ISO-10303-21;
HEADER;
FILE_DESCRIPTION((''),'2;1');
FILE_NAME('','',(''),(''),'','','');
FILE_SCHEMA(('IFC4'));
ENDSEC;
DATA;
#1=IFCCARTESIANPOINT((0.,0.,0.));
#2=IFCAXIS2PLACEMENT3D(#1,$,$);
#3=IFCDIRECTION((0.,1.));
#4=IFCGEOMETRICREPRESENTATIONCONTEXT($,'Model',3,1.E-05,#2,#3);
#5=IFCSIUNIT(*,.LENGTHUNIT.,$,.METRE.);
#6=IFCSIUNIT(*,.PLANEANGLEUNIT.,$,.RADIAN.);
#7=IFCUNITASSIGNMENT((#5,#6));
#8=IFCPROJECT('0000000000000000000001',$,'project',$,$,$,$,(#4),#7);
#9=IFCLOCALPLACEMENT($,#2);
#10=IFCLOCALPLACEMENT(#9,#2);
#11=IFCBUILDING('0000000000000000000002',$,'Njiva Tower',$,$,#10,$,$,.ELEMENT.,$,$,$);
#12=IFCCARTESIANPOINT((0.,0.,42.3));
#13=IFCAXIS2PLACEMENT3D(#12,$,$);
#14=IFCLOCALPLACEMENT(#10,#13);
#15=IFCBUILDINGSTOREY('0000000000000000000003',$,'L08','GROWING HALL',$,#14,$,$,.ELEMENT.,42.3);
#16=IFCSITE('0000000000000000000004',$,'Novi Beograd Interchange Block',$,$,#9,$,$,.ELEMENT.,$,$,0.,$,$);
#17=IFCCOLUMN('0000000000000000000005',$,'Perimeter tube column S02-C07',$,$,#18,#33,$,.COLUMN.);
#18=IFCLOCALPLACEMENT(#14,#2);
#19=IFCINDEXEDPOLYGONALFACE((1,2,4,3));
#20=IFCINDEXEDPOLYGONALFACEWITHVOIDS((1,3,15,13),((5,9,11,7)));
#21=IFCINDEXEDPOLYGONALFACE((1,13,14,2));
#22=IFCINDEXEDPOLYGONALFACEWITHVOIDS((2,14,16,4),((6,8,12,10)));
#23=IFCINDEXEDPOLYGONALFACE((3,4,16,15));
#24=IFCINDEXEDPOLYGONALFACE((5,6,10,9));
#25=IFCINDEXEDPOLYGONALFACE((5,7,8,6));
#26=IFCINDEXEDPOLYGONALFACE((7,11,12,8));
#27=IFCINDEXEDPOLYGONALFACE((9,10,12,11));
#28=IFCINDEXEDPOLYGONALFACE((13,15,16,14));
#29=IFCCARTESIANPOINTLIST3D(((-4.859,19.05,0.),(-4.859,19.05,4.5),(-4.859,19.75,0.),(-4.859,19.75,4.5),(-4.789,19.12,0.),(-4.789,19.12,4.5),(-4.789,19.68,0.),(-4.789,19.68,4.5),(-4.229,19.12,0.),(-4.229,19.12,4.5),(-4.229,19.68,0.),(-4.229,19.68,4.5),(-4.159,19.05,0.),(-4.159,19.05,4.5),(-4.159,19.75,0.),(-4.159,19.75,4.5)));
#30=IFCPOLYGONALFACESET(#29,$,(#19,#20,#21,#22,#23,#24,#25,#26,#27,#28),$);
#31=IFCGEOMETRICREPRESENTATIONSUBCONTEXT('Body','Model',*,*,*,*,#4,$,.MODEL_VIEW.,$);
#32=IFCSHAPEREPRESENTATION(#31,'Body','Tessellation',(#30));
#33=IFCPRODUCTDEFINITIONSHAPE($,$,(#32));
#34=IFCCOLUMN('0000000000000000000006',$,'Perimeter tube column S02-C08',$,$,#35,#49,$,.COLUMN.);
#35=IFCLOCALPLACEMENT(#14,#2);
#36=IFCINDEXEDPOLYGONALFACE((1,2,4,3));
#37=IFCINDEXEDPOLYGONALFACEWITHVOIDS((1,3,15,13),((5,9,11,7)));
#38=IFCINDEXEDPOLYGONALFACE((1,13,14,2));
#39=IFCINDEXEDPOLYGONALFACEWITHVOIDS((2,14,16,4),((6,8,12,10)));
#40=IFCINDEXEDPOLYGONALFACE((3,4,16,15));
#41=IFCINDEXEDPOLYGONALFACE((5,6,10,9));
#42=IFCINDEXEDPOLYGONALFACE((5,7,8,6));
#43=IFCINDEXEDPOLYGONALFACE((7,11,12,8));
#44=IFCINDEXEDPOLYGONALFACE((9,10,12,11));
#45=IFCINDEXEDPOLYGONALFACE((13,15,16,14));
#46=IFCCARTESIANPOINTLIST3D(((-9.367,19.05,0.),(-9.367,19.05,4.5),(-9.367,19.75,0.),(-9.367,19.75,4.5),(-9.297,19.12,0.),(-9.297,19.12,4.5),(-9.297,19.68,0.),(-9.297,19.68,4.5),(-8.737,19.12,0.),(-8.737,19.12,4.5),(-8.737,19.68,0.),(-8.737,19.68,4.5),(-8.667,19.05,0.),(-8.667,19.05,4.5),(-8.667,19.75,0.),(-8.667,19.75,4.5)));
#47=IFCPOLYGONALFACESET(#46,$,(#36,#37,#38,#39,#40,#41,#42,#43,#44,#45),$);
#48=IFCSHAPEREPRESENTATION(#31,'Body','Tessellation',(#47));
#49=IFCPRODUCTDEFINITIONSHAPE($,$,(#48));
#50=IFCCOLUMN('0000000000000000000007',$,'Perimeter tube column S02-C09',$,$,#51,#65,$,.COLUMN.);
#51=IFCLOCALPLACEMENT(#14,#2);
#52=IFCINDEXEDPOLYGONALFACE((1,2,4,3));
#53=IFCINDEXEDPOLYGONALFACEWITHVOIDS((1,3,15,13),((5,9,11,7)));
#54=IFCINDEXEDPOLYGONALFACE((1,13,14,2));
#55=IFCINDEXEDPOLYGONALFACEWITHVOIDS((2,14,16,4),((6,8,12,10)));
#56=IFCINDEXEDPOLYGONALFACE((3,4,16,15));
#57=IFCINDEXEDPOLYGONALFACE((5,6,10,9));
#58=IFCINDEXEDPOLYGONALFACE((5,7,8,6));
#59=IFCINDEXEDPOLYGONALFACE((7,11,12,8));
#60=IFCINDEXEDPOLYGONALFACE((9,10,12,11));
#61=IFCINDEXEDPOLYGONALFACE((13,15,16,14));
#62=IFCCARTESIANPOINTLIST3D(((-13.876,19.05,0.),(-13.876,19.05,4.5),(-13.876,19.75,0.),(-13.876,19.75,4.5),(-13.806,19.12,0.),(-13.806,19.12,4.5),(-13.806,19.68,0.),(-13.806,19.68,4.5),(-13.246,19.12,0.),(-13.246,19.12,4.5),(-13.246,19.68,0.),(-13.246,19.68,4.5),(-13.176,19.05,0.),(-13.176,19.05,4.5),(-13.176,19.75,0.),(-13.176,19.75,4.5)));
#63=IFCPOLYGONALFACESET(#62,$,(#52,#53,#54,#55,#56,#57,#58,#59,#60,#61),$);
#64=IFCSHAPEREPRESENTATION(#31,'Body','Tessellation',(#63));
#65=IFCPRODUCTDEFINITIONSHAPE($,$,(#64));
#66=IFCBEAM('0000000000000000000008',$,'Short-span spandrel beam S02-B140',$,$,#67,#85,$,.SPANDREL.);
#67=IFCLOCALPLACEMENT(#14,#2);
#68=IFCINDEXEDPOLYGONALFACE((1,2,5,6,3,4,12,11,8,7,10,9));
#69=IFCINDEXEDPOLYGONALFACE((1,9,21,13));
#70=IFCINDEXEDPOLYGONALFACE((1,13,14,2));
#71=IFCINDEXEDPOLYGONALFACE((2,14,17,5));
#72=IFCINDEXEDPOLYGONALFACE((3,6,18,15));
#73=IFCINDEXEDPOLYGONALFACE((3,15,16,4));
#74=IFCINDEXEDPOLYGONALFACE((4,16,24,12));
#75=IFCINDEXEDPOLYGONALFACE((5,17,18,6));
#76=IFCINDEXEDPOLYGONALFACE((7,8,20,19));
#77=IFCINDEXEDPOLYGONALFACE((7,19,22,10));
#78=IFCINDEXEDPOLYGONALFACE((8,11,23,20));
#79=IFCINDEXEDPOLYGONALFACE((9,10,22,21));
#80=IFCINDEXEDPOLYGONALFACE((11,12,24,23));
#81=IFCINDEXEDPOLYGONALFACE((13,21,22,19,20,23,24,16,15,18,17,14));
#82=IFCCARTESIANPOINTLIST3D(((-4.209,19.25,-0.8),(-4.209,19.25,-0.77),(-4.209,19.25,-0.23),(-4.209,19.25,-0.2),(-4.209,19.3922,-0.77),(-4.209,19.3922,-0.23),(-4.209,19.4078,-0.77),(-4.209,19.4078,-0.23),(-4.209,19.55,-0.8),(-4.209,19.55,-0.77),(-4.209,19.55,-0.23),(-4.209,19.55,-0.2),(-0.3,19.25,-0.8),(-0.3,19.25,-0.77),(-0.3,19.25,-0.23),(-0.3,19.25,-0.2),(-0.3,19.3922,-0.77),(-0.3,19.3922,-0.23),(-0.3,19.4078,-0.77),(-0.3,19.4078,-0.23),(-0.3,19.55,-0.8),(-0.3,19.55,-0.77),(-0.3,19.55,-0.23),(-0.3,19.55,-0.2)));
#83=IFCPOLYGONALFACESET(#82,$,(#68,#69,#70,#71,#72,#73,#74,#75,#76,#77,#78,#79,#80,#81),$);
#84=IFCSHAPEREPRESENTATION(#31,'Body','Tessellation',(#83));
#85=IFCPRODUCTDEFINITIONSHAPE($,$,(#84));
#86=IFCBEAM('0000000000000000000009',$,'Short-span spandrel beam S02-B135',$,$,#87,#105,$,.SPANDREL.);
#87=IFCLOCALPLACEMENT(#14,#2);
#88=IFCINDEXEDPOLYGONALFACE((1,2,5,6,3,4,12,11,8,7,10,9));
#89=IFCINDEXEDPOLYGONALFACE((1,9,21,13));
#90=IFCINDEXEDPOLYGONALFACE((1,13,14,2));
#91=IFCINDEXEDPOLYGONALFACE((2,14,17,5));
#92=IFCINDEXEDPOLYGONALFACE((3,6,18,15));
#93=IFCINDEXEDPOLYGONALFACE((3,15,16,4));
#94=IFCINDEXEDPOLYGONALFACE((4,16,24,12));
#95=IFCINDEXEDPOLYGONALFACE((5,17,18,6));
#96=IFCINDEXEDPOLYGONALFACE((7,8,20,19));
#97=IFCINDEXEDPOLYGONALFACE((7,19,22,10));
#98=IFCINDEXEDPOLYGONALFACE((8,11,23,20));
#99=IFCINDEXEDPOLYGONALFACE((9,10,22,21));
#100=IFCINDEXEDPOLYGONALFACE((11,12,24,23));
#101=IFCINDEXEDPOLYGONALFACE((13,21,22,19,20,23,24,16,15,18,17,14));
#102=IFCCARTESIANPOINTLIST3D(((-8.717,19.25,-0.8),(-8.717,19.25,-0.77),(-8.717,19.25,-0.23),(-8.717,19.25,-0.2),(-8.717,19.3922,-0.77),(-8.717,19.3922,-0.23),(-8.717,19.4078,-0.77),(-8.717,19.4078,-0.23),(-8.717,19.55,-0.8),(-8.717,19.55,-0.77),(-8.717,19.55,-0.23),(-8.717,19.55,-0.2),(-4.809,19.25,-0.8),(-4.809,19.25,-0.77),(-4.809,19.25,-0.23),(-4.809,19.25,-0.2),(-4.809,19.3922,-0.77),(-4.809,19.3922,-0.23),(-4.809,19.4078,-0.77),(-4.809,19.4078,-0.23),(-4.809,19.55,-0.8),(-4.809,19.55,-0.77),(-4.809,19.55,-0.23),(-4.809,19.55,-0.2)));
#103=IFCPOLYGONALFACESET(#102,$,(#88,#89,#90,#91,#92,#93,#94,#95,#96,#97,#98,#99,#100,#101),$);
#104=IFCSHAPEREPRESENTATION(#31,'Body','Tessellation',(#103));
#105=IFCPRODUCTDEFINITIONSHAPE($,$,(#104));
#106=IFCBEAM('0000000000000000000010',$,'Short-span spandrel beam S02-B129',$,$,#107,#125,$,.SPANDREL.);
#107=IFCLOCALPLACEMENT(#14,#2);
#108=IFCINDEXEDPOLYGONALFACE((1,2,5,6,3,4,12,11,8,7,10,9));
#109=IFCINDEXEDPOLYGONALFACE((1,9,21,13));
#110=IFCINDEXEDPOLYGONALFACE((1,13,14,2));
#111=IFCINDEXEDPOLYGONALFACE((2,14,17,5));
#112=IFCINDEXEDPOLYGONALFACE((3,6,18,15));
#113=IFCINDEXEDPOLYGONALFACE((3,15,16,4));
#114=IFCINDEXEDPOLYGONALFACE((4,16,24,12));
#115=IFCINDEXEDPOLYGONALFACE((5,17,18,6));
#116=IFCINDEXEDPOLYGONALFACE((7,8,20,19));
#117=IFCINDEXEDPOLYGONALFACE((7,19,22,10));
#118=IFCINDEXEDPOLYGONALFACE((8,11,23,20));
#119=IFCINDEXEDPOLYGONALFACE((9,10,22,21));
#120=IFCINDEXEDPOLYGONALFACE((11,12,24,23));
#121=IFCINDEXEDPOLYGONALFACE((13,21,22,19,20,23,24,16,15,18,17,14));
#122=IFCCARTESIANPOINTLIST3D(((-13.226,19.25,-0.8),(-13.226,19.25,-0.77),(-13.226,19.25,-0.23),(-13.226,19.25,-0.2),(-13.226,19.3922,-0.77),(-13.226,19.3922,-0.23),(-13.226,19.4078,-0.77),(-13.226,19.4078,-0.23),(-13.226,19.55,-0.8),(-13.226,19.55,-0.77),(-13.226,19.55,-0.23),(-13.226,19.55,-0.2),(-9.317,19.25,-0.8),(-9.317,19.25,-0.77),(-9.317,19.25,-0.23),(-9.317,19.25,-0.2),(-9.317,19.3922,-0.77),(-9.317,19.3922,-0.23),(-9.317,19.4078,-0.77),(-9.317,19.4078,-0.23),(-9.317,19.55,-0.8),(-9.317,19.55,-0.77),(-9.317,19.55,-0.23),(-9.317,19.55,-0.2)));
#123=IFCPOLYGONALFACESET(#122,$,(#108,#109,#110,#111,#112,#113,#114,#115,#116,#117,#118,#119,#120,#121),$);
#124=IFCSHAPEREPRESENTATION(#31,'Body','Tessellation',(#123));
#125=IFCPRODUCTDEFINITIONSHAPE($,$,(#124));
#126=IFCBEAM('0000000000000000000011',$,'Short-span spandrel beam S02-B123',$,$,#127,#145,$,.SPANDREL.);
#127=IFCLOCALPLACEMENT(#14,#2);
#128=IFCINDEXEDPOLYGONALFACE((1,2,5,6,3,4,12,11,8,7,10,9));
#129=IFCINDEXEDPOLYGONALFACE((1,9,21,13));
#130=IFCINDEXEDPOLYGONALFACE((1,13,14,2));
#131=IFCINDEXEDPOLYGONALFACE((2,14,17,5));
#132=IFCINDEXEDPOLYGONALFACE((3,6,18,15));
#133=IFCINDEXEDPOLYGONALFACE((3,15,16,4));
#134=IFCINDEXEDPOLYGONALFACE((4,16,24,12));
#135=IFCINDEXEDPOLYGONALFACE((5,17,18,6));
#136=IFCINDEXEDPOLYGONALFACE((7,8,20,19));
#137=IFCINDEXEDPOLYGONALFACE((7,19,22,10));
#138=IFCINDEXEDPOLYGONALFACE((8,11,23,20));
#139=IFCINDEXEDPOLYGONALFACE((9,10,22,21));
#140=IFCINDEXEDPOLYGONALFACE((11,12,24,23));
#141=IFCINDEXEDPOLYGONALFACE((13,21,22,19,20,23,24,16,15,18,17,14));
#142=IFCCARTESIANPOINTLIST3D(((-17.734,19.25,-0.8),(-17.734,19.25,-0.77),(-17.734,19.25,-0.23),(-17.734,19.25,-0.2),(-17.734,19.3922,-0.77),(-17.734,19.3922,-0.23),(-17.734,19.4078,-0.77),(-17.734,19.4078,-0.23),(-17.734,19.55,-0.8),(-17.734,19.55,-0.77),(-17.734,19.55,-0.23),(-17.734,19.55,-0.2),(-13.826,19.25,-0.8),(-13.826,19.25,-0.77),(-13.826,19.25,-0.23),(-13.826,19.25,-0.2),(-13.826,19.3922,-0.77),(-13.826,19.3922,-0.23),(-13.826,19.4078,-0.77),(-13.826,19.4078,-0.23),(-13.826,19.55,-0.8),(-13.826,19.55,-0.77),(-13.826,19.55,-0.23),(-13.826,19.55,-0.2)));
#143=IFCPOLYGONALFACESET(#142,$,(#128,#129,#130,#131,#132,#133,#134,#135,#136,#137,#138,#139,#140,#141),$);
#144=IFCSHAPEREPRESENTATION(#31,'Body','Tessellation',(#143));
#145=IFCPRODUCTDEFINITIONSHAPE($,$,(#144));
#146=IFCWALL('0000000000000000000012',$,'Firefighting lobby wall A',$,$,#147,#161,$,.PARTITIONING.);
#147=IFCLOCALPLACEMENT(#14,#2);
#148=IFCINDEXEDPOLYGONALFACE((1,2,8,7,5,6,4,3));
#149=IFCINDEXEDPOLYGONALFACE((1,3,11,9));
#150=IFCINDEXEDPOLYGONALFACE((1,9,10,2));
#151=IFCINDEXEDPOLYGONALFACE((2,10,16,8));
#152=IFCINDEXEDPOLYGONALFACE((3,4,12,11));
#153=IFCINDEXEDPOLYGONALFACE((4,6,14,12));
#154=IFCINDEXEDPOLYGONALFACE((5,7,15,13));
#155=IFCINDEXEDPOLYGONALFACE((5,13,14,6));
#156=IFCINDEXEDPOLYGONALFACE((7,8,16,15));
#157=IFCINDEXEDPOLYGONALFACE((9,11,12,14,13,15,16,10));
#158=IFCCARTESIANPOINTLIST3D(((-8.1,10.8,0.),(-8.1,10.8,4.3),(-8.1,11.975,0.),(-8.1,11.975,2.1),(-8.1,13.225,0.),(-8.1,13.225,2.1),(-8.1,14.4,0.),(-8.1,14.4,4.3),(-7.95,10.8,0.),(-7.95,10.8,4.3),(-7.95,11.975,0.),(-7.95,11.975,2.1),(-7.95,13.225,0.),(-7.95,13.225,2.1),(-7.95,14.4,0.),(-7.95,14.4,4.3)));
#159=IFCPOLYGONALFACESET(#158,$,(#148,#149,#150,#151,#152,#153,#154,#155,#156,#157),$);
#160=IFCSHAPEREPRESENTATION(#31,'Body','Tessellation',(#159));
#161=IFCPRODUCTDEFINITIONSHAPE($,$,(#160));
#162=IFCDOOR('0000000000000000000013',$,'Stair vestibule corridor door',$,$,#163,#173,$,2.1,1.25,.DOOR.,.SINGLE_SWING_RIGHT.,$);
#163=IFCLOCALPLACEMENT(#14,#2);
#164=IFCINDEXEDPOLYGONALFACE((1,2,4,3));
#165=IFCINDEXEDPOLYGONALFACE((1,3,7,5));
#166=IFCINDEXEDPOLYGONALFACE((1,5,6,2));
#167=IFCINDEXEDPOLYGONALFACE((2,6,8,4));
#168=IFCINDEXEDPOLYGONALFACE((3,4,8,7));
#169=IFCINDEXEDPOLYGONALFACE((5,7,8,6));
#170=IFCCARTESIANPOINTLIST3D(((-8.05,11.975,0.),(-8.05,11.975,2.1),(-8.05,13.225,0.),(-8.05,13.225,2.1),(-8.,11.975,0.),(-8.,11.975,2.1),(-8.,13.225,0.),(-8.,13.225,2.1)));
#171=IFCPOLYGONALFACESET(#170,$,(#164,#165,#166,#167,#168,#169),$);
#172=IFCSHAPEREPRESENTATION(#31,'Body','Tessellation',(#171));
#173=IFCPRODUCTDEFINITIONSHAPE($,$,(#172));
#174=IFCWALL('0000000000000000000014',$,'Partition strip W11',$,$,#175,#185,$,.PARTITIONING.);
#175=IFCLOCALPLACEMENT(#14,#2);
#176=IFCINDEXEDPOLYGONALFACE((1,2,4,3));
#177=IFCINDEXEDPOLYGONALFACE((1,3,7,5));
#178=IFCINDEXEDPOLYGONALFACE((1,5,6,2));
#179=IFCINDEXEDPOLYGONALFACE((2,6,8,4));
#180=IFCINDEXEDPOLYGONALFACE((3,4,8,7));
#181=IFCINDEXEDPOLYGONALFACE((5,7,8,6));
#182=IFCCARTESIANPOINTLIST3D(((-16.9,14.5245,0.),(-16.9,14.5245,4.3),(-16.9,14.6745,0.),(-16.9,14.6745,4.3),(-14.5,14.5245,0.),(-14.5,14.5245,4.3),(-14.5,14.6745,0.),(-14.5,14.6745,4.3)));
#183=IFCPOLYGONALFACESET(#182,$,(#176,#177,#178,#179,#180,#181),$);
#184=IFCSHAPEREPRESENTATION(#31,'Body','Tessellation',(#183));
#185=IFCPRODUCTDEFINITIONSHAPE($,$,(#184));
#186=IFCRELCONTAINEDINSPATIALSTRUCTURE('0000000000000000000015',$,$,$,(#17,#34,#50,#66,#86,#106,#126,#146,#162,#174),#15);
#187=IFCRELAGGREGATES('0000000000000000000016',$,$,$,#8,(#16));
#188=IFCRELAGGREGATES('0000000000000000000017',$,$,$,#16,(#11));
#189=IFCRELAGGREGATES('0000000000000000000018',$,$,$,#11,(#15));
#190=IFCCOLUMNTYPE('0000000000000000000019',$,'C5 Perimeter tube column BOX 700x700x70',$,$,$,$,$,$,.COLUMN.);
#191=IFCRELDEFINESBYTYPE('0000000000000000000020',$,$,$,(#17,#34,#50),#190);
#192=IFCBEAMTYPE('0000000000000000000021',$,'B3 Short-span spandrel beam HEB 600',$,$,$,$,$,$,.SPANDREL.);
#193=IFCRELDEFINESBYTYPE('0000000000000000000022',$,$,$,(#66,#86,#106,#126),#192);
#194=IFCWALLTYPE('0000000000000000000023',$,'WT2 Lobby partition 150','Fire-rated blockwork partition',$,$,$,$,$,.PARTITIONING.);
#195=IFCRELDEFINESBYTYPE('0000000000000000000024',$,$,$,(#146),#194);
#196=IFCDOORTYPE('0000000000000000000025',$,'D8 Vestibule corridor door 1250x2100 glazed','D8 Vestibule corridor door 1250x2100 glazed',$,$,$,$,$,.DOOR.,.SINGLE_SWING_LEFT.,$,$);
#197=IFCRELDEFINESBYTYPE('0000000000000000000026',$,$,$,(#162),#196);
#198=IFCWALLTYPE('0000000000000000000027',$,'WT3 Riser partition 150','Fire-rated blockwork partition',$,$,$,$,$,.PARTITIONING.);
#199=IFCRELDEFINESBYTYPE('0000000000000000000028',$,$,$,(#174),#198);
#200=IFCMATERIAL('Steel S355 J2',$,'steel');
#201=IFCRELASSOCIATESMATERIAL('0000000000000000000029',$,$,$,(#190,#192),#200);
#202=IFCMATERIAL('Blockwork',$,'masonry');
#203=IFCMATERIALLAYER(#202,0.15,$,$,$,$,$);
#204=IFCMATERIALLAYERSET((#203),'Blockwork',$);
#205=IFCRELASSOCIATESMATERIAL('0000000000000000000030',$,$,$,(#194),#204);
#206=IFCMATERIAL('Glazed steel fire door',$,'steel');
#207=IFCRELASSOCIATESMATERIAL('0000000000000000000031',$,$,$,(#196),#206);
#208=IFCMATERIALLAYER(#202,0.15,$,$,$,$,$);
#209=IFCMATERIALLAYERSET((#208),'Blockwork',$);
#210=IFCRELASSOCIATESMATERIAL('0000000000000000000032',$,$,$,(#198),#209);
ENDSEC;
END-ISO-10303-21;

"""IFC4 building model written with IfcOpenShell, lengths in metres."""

from ifc_helpers import new_model, si_unit, direction, frame, frame_2d, origin, origin_2d, place, context, subcontext, project, spatial, rectangle, hollow_rectangle, i_section, extrude, material, layer, layer_set, material_profile, profile_set, type_object, element, fill, save


model = new_model("IFC4")

# Units and contexts
model_context = context("Model", 3, precision=1e-05, world=origin(), true_north=direction((0.0, 1.0)))
body_context = subcontext(model_context, "Body", "Model", "MODEL_VIEW")
ifc_project = project(units=[si_unit("LENGTHUNIT", "METRE"), si_unit("PLANEANGLEUNIT", "RADIAN")], contexts=[model_context])

# Site, building, storey
site_placement = place(None, origin())
site = spatial("IfcSite", under=ifc_project, at=site_placement, Name="Novi Beograd Interchange Block", CompositionType="ELEMENT", RefElevation=0.0)
building_placement = place(site_placement, origin())
building = spatial("IfcBuilding", under=site, at=building_placement, Name="Njiva Tower", CompositionType="ELEMENT")
storey_placement = place(building_placement, frame((0.0, 0.0, 42.3)))
storey = spatial("IfcBuildingStorey", under=building, at=storey_placement, Name="L08", Description="GROWING HALL", CompositionType="ELEMENT", Elevation=42.3)

# Columns
ifc_material_1 = material(Name="Steel S355 J2", Category="steel")
ifc_material_profile_1 = material_profile(ifc_material_1, hollow_rectangle(XDim=0.7, YDim=0.7, WallThickness=0.07, at=origin_2d()), Name="BOX 700x700x70")
ifc_profile_set_1 = profile_set([ifc_material_profile_1], Name="Steel S355 J2")
column_type = type_object("IfcColumnType", Name="C5 Perimeter tube column BOX 700x700x70", PredefinedType="COLUMN", material=ifc_profile_set_1)
for number, where, z_axis, x_axis, name in (
    (1, (-4.509, 19.4, 0.0), (0.0, 0.0, 1.0), (-1.0, 0.0, 0.0), "Perimeter tube column S02-C07"),
    (2, (-9.017, 19.4, 0.0), (0.0, 0.0, 1.0), (-1.0, 0.0, 0.0), "Perimeter tube column S02-C08"),
    (3, (-13.526, 19.4, 0.0), (0.0, 0.0, 1.0), (-1.0, 0.0, 0.0), "Perimeter tube column S02-C09"),
):
    element("IfcColumn", number, at=place(storey_placement, frame(where, z_axis=z_axis, x_axis=x_axis)), inside=storey, type_object=column_type, Name=name, PredefinedType="COLUMN", context=body_context, shape_type="SweptSolid", body=[
        extrude(hollow_rectangle(XDim=0.7, YDim=0.7, WallThickness=0.07, at=origin_2d()), origin(), (0.0, 0.0, 1.0), 4.5),
    ])

# Beams
ifc_material_profile_2 = material_profile(ifc_material_1, i_section(OverallWidth=0.3, OverallDepth=0.6, WebThickness=0.0155, FlangeThickness=0.03, at=origin_2d()), Name="HEB 600")
ifc_profile_set_2 = profile_set([ifc_material_profile_2], Name="Steel S355 J2")
beam_type = type_object("IfcBeamType", Name="B3 Short-span spandrel beam HEB 600", PredefinedType="SPANDREL", material=ifc_profile_set_2)
beam_1_placement = place(storey_placement, frame((-0.3, 19.4, -0.5), z_axis=(-1.0, 0.0, 0.0), x_axis=(0.0, -1.0, 0.0)))
element("IfcBeam", 4, at=beam_1_placement, inside=storey, type_object=beam_type, Name="Short-span spandrel beam S02-B140", PredefinedType="SPANDREL", context=body_context, shape_type="SweptSolid", body=[
    extrude(i_section(OverallWidth=0.3, OverallDepth=0.6, WebThickness=0.0155, FlangeThickness=0.03, at=origin_2d()), origin(), (0.0, 0.0, 1.0), 3.909),
])
beam_2_placement = place(storey_placement, frame((-4.809, 19.4, -0.5), z_axis=(-1.0, 0.0, 0.0), x_axis=(0.0, -1.0, 0.0)))
element("IfcBeam", 5, at=beam_2_placement, inside=storey, type_object=beam_type, Name="Short-span spandrel beam S02-B135", PredefinedType="SPANDREL", context=body_context, shape_type="SweptSolid", body=[
    extrude(i_section(OverallWidth=0.3, OverallDepth=0.6, WebThickness=0.0155, FlangeThickness=0.03, at=origin_2d()), origin(), (0.0, 0.0, 1.0), 3.908),
])
beam_3_placement = place(storey_placement, frame((-9.317, 19.4, -0.5), z_axis=(-1.0, 0.0, 0.0), x_axis=(0.0, -1.0, 0.0)))
element("IfcBeam", 6, at=beam_3_placement, inside=storey, type_object=beam_type, Name="Short-span spandrel beam S02-B129", PredefinedType="SPANDREL", context=body_context, shape_type="SweptSolid", body=[
    extrude(i_section(OverallWidth=0.3, OverallDepth=0.6, WebThickness=0.0155, FlangeThickness=0.03, at=origin_2d()), origin(), (0.0, 0.0, 1.0), 3.909),
])
beam_4_placement = place(storey_placement, frame((-13.826, 19.4, -0.5), z_axis=(-1.0, 0.0, 0.0), x_axis=(0.0, -1.0, 0.0)))
element("IfcBeam", 7, at=beam_4_placement, inside=storey, type_object=beam_type, Name="Short-span spandrel beam S02-B123", PredefinedType="SPANDREL", context=body_context, shape_type="SweptSolid", body=[
    extrude(i_section(OverallWidth=0.3, OverallDepth=0.6, WebThickness=0.0155, FlangeThickness=0.03, at=origin_2d()), origin(), (0.0, 0.0, 1.0), 3.908),
])

# Wall, opening, door
ifc_material_2 = material(Name="Blockwork", Category="masonry")
ifc_layer_1 = layer(ifc_material_2, 0.15)
ifc_layer_set_1 = layer_set([ifc_layer_1], Name="Blockwork")
wall_type_1 = type_object("IfcWallType", Name="WT2 Lobby partition 150", Description="Fire-rated blockwork partition", PredefinedType="PARTITIONING", material=ifc_layer_set_1)
wall_1_placement = place(storey_placement, frame((-8.025, 10.8, 0.0), z_axis=(0.0, 0.0, 1.0), x_axis=(0.0, 1.0, 0.0)))
wall_1 = element("IfcWall", 8, at=wall_1_placement, inside=storey, type_object=wall_type_1, Name="Firefighting lobby wall A", PredefinedType="PARTITIONING", context=body_context, shape_type="SweptSolid", body=[
    extrude(rectangle(XDim=3.6, YDim=0.15, at=frame_2d((1.8, 0.0))), origin(), (0.0, 0.0, 1.0), 4.3),
])
opening_1_placement = place(wall_1_placement, frame((1.175, 0.0, 0.0)))
opening_1 = element("IfcOpeningElement", 9, at=opening_1_placement, cuts=wall_1, PredefinedType="OPENING", context=body_context, shape_type="SweptSolid", body=[
    extrude(rectangle(XDim=1.25, YDim=2.1, at=frame_2d((0.625, 1.05))), frame((0.0, 0.085, 0.0), z_axis=(0.0, -1.0, 0.0), x_axis=(1.0, 0.0, 0.0)), (0.0, 0.0, 1.0), 0.17),
])
ifc_material_3 = material(Name="Glazed steel fire door", Category="steel")
door_type_1 = type_object("IfcDoorType", Name="D8 Vestibule corridor door 1250x2100 glazed", Description="D8 Vestibule corridor door 1250x2100 glazed", OperationType="SINGLE_SWING_LEFT", PredefinedType="DOOR", material=ifc_material_3)
door_1_placement = place(opening_1_placement, origin())
door_1 = element("IfcDoor", 10, at=door_1_placement, inside=storey, type_object=door_type_1, Name="Stair vestibule corridor door", OperationType="SINGLE_SWING_RIGHT", OverallHeight=2.1, OverallWidth=1.25, PredefinedType="DOOR", context=body_context, shape_type="SweptSolid", body=[
    extrude(rectangle(XDim=1.25, YDim=2.1, at=frame_2d((0.625, 1.05))), frame((0.0, 0.025, 0.0), z_axis=(0.0, -1.0, 0.0), x_axis=(1.0, 0.0, 0.0)), (0.0, 0.0, 1.0), 0.05),
])
fill(opening_1, door_1)

# Wall
ifc_layer_2 = layer(ifc_material_2, 0.15)
ifc_layer_set_2 = layer_set([ifc_layer_2], Name="Blockwork")
wall_type_2 = type_object("IfcWallType", Name="WT3 Riser partition 150", Description="Fire-rated blockwork partition", PredefinedType="PARTITIONING", material=ifc_layer_set_2)
wall_2_placement = place(storey_placement, frame((-16.9, 14.5995, 0.0), z_axis=(0.0, 0.0, 1.0), x_axis=(1.0, 0.0, 0.0)))
element("IfcWall", 11, at=wall_2_placement, inside=storey, type_object=wall_type_2, Name="Partition strip W11", PredefinedType="PARTITIONING", context=body_context, shape_type="SweptSolid", body=[
    extrude(rectangle(XDim=2.4, YDim=0.15, at=frame_2d((1.2, 0.0))), origin(), (0.0, 0.0, 1.0), 4.3),
])

save(model, "model.ifc")
